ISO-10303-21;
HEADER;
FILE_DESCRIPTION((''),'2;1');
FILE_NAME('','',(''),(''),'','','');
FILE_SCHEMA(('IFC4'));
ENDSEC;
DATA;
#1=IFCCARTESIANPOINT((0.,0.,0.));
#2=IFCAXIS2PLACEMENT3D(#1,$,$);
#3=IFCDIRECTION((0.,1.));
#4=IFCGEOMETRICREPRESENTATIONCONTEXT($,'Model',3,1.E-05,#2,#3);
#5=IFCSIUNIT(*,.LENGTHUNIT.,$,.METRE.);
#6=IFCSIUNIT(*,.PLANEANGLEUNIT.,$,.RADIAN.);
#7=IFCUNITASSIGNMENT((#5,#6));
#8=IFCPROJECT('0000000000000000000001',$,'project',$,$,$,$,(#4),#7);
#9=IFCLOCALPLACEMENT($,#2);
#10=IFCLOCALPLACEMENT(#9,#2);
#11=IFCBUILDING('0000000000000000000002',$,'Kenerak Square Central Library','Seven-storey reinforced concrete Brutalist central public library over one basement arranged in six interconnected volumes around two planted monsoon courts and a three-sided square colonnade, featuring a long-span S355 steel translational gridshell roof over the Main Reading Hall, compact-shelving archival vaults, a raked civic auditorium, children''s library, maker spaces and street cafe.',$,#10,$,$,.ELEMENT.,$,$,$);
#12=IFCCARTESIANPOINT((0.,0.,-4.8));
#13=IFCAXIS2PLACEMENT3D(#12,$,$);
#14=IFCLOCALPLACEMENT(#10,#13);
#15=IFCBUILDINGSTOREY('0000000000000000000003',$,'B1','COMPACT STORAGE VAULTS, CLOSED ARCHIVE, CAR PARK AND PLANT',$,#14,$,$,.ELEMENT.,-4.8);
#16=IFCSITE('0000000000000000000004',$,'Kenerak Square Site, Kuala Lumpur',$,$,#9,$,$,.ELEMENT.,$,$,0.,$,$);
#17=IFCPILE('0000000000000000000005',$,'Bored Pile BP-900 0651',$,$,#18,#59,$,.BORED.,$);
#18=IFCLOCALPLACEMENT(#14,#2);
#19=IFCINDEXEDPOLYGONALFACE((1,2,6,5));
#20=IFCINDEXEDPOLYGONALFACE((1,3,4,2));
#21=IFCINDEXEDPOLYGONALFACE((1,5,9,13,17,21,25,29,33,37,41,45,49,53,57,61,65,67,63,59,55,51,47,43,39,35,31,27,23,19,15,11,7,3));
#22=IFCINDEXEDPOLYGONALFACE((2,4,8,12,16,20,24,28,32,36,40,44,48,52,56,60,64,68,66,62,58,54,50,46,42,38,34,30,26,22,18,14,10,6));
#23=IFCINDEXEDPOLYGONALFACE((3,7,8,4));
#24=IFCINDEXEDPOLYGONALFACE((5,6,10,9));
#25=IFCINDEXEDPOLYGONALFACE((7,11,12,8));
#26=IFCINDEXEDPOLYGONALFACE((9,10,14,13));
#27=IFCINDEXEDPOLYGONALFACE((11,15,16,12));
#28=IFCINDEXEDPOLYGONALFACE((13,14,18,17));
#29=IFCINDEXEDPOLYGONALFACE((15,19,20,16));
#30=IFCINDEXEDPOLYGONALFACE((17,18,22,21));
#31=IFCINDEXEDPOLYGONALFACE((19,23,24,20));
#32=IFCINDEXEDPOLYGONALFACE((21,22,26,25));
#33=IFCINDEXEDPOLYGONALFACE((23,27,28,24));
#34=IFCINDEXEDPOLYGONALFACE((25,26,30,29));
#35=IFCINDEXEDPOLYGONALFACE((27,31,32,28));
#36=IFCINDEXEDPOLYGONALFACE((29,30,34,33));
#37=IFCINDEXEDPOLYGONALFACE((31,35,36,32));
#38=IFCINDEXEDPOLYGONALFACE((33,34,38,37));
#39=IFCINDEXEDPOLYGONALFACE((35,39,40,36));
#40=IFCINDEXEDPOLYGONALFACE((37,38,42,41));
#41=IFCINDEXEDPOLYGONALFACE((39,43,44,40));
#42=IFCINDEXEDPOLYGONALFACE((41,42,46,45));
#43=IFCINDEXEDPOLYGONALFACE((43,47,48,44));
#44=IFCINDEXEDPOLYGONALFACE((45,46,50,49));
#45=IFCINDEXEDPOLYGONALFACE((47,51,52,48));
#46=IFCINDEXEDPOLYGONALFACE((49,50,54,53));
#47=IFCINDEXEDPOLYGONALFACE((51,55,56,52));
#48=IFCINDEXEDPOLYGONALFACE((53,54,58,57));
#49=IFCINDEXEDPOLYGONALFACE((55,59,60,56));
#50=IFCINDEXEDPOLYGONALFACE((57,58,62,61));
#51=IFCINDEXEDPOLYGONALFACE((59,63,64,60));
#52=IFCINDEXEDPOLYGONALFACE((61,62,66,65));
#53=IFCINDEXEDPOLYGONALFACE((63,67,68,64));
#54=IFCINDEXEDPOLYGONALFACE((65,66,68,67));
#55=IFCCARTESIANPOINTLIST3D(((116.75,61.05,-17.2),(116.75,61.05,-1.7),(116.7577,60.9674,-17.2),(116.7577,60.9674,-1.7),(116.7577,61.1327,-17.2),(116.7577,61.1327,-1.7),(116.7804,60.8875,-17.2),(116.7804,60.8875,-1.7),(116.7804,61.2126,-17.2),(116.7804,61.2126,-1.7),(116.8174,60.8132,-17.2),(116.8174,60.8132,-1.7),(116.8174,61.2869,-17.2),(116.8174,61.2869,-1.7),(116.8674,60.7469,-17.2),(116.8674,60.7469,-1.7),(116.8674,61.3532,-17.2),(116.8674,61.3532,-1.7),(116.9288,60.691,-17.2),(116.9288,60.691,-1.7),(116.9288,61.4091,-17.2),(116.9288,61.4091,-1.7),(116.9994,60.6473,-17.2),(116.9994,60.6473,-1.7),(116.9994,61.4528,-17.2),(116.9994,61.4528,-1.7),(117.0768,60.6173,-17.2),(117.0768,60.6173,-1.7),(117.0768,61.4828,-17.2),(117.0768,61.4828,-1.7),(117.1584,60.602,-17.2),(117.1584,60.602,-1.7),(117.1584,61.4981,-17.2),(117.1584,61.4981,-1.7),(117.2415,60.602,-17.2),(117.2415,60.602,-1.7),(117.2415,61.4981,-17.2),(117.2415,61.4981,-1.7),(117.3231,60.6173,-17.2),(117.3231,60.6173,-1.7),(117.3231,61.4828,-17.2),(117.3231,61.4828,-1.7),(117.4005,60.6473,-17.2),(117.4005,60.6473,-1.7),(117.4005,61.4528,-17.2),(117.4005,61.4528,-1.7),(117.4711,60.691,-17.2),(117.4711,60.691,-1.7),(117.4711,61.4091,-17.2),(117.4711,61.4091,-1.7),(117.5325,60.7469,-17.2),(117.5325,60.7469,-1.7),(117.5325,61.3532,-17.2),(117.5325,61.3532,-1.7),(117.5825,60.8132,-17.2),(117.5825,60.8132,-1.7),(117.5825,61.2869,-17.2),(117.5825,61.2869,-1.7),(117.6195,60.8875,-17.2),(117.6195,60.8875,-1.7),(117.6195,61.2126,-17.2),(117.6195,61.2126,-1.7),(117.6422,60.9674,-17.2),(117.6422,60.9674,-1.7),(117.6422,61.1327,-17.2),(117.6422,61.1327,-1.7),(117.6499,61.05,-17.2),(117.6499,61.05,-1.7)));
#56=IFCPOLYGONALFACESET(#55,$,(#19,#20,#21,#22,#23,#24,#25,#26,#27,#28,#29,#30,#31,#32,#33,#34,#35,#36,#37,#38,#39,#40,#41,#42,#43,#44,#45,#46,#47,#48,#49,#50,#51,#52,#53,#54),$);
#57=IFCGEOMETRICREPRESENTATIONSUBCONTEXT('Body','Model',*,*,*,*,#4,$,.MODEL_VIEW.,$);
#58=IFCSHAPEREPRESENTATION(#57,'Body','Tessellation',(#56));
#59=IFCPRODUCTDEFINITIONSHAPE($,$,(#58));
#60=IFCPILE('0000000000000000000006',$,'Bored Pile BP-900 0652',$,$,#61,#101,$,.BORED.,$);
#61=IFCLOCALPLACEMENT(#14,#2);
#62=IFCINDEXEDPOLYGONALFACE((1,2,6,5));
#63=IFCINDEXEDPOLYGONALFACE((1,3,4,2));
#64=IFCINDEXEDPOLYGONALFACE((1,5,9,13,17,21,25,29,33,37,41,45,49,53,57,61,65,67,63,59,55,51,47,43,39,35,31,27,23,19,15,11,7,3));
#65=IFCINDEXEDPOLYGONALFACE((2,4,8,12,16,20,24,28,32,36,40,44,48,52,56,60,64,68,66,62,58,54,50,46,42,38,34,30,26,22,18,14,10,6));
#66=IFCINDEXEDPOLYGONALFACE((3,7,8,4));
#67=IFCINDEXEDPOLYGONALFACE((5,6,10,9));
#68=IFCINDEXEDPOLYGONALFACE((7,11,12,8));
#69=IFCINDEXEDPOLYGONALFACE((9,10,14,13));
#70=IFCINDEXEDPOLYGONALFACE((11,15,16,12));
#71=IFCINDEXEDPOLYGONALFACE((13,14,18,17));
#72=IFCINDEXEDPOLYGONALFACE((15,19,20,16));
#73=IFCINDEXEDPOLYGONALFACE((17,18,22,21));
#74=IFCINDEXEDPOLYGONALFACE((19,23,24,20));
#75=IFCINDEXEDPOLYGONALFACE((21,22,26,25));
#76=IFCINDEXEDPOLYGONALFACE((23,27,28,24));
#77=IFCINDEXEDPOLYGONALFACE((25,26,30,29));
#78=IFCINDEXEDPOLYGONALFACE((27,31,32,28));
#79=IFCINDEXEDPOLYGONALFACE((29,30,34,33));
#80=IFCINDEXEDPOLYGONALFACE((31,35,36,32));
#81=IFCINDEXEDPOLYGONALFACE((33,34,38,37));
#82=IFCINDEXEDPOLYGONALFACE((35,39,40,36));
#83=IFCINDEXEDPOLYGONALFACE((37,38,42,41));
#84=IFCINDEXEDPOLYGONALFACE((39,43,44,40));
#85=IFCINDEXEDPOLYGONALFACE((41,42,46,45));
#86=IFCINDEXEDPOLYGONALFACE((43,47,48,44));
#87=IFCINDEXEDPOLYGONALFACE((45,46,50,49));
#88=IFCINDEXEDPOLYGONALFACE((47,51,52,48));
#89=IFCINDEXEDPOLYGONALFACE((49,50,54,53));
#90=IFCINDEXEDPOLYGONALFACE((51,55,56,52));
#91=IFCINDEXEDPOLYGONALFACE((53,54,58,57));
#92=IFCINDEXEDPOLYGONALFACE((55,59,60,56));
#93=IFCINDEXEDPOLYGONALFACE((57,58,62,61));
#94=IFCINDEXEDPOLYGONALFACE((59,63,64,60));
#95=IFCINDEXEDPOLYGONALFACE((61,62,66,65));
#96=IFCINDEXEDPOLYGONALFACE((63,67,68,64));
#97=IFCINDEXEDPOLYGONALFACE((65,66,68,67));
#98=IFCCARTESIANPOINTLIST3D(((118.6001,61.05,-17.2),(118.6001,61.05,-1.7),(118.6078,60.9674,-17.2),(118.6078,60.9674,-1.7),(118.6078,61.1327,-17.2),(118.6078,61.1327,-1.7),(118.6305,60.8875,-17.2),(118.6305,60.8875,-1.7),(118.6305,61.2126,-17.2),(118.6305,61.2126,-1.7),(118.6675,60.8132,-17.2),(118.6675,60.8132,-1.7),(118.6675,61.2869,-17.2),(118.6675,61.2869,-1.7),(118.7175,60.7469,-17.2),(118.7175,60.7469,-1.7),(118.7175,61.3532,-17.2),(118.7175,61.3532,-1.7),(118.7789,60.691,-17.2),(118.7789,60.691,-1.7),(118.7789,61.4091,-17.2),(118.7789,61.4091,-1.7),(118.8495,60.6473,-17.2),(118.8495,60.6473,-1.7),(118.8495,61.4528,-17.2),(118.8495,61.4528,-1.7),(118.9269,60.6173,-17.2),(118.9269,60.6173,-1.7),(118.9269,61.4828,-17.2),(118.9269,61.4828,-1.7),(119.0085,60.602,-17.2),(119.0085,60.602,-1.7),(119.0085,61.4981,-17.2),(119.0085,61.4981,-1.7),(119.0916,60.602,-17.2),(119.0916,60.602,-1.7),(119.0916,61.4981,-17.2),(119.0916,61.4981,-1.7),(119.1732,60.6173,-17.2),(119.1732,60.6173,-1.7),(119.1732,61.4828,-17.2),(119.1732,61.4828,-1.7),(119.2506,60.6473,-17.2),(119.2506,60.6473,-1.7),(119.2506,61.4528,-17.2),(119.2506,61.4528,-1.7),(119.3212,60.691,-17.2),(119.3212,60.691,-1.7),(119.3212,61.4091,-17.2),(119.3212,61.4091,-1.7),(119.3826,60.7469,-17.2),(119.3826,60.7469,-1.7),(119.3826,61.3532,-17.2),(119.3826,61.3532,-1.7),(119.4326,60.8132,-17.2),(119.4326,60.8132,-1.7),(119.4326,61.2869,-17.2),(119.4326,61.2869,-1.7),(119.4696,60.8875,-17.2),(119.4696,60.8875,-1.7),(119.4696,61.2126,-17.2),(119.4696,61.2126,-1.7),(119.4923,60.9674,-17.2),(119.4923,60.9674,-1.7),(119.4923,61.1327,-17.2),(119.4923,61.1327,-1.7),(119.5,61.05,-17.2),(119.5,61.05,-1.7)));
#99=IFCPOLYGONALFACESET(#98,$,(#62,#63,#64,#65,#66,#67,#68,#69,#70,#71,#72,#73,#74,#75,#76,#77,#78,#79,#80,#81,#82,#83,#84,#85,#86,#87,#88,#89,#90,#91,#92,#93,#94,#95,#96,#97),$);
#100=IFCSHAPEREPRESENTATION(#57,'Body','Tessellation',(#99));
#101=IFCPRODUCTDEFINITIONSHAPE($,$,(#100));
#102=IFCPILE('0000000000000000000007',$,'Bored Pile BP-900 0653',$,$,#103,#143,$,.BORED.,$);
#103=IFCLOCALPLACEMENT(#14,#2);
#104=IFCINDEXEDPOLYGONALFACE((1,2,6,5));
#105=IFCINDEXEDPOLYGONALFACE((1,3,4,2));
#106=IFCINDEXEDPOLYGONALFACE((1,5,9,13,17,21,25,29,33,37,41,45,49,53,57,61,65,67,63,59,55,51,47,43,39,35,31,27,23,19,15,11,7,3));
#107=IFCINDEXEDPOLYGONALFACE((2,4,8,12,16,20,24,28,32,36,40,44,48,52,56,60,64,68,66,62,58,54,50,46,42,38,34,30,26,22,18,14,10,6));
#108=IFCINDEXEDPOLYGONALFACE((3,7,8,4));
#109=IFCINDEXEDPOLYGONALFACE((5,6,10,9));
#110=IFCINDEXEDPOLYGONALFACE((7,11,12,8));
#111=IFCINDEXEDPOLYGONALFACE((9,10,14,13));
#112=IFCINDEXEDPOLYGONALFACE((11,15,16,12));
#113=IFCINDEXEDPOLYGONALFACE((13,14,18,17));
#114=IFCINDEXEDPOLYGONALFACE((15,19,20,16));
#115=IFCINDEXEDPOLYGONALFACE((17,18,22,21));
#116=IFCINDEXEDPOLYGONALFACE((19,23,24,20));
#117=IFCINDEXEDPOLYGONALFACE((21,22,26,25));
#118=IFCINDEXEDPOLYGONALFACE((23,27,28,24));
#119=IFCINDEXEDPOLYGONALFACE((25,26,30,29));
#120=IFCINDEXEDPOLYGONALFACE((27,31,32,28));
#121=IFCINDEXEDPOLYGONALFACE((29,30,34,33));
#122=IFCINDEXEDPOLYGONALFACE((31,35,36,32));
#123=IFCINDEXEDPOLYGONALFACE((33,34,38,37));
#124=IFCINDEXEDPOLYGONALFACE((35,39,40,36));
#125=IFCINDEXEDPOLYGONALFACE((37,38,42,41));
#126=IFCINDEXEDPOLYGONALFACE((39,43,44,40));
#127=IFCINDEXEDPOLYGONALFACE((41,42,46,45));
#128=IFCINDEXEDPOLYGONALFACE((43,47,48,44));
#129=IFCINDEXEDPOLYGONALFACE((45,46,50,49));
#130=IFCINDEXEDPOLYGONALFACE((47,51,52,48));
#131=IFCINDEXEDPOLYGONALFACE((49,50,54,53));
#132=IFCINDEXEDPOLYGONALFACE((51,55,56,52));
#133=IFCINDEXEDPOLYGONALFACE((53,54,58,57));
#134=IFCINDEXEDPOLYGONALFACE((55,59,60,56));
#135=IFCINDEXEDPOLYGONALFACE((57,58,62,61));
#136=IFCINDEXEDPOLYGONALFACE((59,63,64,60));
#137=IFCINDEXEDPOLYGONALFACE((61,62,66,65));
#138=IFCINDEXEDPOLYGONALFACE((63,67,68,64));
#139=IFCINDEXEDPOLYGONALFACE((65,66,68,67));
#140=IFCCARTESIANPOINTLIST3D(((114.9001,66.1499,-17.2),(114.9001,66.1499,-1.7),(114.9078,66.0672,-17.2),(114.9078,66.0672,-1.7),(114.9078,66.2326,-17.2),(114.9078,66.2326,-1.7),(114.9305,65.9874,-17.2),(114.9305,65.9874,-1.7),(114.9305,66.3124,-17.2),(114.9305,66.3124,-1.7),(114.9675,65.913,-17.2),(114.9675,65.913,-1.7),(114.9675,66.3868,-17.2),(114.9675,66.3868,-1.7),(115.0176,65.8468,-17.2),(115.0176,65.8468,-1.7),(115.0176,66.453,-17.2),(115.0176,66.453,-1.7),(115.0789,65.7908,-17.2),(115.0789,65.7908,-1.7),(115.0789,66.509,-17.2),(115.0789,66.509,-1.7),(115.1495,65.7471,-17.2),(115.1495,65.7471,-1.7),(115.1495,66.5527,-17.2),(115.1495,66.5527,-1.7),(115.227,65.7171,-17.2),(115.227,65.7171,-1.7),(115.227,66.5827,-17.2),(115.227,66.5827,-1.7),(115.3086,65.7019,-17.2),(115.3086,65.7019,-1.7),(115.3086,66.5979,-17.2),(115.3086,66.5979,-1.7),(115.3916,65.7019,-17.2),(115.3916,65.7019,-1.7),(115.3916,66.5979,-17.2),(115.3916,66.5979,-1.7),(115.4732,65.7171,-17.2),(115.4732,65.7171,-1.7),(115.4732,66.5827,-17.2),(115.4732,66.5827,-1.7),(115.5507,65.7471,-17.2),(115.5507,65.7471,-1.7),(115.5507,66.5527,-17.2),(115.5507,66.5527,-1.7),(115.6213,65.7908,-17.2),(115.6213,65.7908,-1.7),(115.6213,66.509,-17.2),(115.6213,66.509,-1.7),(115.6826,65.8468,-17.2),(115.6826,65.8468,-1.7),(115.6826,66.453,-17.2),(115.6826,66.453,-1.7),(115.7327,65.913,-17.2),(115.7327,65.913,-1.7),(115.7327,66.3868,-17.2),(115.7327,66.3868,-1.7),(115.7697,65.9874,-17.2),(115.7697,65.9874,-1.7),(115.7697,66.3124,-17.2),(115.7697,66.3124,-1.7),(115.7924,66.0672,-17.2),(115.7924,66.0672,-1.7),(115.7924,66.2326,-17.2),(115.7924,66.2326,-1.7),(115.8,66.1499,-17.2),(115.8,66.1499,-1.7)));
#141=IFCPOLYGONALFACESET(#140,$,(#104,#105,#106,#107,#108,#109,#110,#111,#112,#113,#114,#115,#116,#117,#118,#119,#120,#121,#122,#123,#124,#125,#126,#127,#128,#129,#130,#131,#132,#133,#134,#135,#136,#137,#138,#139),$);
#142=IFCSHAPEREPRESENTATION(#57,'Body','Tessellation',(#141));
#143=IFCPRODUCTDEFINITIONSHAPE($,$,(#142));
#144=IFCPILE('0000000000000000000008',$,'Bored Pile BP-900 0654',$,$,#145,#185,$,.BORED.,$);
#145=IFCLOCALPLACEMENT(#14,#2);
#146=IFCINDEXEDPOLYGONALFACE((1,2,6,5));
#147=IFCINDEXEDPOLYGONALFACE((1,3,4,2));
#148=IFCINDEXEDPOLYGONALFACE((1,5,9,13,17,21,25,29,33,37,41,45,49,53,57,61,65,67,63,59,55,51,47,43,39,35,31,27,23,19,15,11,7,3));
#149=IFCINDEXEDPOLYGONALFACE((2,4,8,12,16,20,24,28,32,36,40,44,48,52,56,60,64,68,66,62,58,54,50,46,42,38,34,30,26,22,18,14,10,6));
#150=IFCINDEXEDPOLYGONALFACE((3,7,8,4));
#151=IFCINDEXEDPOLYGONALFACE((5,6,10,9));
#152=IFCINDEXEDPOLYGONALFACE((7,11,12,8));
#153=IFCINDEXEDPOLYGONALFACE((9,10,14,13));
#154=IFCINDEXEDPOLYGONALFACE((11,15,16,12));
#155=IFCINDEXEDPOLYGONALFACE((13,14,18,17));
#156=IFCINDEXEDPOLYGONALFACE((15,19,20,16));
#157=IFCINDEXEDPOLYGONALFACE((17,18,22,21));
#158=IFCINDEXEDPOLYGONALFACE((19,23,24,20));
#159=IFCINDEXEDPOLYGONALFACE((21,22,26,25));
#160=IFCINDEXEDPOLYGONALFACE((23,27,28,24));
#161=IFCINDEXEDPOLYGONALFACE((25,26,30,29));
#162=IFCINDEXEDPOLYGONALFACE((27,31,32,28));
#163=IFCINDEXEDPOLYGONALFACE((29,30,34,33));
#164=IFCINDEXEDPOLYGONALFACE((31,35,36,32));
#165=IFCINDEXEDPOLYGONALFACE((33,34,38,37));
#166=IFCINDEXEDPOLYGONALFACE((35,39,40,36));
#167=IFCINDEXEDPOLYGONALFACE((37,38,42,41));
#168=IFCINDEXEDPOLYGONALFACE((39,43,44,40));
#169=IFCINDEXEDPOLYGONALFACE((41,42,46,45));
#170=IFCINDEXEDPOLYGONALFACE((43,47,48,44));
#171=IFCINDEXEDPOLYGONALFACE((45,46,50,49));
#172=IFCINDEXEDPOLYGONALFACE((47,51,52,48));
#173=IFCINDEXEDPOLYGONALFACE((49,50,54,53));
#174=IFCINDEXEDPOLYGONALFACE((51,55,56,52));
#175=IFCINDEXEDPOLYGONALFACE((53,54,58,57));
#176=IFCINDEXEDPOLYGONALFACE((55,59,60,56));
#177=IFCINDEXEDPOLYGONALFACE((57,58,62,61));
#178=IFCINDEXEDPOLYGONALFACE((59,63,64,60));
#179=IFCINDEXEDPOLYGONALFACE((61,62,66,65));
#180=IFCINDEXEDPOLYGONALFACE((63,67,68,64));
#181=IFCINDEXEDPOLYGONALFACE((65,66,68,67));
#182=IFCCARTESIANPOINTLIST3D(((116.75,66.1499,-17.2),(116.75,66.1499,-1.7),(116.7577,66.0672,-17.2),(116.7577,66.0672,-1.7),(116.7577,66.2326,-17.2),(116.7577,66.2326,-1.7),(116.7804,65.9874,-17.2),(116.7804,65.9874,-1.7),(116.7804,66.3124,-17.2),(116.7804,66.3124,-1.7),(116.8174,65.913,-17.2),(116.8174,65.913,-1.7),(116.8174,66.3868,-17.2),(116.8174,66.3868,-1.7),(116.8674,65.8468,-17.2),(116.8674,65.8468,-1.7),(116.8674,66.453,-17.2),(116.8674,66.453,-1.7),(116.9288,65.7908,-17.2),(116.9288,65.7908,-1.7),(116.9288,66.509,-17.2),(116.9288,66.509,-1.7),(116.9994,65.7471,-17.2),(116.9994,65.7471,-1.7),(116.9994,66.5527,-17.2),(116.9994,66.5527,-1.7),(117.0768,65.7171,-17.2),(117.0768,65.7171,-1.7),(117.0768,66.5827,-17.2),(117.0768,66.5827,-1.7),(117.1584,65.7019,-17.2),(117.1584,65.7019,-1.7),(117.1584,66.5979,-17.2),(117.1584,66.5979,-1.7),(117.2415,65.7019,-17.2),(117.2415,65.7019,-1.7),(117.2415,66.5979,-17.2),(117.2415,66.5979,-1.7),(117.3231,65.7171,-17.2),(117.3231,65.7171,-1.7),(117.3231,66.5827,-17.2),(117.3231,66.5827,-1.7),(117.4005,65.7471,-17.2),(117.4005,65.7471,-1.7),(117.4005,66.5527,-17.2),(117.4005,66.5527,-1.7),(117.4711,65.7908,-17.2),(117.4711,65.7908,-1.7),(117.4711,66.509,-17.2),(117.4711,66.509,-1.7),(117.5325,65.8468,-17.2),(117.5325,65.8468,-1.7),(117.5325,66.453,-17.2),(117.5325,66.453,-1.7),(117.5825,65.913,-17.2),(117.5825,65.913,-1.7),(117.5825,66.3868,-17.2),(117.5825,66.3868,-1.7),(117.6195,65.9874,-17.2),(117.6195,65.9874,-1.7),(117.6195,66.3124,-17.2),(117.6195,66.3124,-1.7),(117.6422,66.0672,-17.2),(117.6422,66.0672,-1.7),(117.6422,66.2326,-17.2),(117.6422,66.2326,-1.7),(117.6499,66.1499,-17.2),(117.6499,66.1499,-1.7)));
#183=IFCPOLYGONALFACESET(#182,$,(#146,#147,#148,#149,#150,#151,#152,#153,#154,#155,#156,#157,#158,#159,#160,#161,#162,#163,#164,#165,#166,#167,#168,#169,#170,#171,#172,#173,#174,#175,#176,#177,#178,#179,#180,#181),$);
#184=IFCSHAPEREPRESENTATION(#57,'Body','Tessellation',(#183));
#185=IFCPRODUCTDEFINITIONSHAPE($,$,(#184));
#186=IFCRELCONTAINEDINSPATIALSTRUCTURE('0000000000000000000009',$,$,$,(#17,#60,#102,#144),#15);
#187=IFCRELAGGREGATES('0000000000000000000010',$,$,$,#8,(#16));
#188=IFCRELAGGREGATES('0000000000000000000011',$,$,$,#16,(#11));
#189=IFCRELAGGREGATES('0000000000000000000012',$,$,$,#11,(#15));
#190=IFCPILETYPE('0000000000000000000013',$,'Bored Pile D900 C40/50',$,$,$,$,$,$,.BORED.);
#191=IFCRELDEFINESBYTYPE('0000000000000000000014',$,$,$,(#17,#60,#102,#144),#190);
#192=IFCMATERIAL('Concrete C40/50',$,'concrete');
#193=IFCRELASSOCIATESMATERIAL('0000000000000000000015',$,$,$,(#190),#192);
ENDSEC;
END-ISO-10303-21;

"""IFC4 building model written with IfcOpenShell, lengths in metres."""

from ifc_helpers import new_model, si_unit, direction, frame, origin, origin_2d, place, context, subcontext, project, spatial, circle, extrude, material, material_profile, profile_set, type_object, element, save


model = new_model("IFC4")

# Units and contexts
model_context = context("Model", 3, precision=1e-05, world=origin(), true_north=direction((0.0, 1.0)))
body_context = subcontext(model_context, "Body", "Model", "MODEL_VIEW")
ifc_project = project(units=[si_unit("LENGTHUNIT", "METRE"), si_unit("PLANEANGLEUNIT", "RADIAN")], contexts=[model_context])

# Site, building, storey
site_placement = place(None, origin())
site = spatial("IfcSite", under=ifc_project, at=site_placement, Name="Kenerak Square Site, Kuala Lumpur", CompositionType="ELEMENT", RefElevation=0.0)
building_placement = place(site_placement, origin())
building = spatial("IfcBuilding", under=site, at=building_placement, Name="Kenerak Square Central Library", Description="Seven-storey reinforced concrete Brutalist central public library over one basement arranged in six interconnected volumes around two planted monsoon courts and a three-sided square colonnade, featuring a long-span S355 steel translational gridshell roof over the Main Reading Hall, compact-shelving archival vaults, a raked civic auditorium, children's library, maker spaces and street cafe.", CompositionType="ELEMENT")
storey_placement = place(building_placement, frame((0.0, 0.0, -4.8)))
storey = spatial("IfcBuildingStorey", under=building, at=storey_placement, Name="B1", Description="COMPACT STORAGE VAULTS, CLOSED ARCHIVE, CAR PARK AND PLANT", CompositionType="ELEMENT", Elevation=-4.8)

# Piles
ifc_material_1 = material(Name="Concrete C40/50", Category="concrete")
ifc_material_profile_1 = material_profile(ifc_material_1, circle(Radius=0.45, at=origin_2d()), Name="BP D900")
ifc_profile_set_1 = profile_set([ifc_material_profile_1], Name="Concrete C40/50")
pile_type = type_object("IfcPileType", Name="Bored Pile D900 C40/50", PredefinedType="BORED", material=ifc_profile_set_1)
for number, where, z_axis, x_axis, name in (
    (1, (117.2, 61.05, -1.7), (0.0, 0.0, -1.0), (1.0, 0.0, 0.0), "Bored Pile BP-900 0651"),
    (2, (119.05, 61.05, -1.7), (0.0, 0.0, -1.0), (1.0, 0.0, 0.0), "Bored Pile BP-900 0652"),
    (3, (115.3501, 66.1499, -1.7), (0.0, 0.0, -1.0), (1.0, 0.0, 0.0), "Bored Pile BP-900 0653"),
    (4, (117.2, 66.1499, -1.7), (0.0, 0.0, -1.0), (1.0, 0.0, 0.0), "Bored Pile BP-900 0654"),
):
    element("IfcPile", number, at=place(storey_placement, frame(where, z_axis=z_axis, x_axis=x_axis)), inside=storey, type_object=pile_type, Name=name, PredefinedType="BORED", context=body_context, shape_type="SweptSolid", body=[
        extrude(circle(Radius=0.45, at=origin_2d()), origin(), (0.0, 0.0, 1.0), 15.5),
    ])

save(model, "model.ifc")
